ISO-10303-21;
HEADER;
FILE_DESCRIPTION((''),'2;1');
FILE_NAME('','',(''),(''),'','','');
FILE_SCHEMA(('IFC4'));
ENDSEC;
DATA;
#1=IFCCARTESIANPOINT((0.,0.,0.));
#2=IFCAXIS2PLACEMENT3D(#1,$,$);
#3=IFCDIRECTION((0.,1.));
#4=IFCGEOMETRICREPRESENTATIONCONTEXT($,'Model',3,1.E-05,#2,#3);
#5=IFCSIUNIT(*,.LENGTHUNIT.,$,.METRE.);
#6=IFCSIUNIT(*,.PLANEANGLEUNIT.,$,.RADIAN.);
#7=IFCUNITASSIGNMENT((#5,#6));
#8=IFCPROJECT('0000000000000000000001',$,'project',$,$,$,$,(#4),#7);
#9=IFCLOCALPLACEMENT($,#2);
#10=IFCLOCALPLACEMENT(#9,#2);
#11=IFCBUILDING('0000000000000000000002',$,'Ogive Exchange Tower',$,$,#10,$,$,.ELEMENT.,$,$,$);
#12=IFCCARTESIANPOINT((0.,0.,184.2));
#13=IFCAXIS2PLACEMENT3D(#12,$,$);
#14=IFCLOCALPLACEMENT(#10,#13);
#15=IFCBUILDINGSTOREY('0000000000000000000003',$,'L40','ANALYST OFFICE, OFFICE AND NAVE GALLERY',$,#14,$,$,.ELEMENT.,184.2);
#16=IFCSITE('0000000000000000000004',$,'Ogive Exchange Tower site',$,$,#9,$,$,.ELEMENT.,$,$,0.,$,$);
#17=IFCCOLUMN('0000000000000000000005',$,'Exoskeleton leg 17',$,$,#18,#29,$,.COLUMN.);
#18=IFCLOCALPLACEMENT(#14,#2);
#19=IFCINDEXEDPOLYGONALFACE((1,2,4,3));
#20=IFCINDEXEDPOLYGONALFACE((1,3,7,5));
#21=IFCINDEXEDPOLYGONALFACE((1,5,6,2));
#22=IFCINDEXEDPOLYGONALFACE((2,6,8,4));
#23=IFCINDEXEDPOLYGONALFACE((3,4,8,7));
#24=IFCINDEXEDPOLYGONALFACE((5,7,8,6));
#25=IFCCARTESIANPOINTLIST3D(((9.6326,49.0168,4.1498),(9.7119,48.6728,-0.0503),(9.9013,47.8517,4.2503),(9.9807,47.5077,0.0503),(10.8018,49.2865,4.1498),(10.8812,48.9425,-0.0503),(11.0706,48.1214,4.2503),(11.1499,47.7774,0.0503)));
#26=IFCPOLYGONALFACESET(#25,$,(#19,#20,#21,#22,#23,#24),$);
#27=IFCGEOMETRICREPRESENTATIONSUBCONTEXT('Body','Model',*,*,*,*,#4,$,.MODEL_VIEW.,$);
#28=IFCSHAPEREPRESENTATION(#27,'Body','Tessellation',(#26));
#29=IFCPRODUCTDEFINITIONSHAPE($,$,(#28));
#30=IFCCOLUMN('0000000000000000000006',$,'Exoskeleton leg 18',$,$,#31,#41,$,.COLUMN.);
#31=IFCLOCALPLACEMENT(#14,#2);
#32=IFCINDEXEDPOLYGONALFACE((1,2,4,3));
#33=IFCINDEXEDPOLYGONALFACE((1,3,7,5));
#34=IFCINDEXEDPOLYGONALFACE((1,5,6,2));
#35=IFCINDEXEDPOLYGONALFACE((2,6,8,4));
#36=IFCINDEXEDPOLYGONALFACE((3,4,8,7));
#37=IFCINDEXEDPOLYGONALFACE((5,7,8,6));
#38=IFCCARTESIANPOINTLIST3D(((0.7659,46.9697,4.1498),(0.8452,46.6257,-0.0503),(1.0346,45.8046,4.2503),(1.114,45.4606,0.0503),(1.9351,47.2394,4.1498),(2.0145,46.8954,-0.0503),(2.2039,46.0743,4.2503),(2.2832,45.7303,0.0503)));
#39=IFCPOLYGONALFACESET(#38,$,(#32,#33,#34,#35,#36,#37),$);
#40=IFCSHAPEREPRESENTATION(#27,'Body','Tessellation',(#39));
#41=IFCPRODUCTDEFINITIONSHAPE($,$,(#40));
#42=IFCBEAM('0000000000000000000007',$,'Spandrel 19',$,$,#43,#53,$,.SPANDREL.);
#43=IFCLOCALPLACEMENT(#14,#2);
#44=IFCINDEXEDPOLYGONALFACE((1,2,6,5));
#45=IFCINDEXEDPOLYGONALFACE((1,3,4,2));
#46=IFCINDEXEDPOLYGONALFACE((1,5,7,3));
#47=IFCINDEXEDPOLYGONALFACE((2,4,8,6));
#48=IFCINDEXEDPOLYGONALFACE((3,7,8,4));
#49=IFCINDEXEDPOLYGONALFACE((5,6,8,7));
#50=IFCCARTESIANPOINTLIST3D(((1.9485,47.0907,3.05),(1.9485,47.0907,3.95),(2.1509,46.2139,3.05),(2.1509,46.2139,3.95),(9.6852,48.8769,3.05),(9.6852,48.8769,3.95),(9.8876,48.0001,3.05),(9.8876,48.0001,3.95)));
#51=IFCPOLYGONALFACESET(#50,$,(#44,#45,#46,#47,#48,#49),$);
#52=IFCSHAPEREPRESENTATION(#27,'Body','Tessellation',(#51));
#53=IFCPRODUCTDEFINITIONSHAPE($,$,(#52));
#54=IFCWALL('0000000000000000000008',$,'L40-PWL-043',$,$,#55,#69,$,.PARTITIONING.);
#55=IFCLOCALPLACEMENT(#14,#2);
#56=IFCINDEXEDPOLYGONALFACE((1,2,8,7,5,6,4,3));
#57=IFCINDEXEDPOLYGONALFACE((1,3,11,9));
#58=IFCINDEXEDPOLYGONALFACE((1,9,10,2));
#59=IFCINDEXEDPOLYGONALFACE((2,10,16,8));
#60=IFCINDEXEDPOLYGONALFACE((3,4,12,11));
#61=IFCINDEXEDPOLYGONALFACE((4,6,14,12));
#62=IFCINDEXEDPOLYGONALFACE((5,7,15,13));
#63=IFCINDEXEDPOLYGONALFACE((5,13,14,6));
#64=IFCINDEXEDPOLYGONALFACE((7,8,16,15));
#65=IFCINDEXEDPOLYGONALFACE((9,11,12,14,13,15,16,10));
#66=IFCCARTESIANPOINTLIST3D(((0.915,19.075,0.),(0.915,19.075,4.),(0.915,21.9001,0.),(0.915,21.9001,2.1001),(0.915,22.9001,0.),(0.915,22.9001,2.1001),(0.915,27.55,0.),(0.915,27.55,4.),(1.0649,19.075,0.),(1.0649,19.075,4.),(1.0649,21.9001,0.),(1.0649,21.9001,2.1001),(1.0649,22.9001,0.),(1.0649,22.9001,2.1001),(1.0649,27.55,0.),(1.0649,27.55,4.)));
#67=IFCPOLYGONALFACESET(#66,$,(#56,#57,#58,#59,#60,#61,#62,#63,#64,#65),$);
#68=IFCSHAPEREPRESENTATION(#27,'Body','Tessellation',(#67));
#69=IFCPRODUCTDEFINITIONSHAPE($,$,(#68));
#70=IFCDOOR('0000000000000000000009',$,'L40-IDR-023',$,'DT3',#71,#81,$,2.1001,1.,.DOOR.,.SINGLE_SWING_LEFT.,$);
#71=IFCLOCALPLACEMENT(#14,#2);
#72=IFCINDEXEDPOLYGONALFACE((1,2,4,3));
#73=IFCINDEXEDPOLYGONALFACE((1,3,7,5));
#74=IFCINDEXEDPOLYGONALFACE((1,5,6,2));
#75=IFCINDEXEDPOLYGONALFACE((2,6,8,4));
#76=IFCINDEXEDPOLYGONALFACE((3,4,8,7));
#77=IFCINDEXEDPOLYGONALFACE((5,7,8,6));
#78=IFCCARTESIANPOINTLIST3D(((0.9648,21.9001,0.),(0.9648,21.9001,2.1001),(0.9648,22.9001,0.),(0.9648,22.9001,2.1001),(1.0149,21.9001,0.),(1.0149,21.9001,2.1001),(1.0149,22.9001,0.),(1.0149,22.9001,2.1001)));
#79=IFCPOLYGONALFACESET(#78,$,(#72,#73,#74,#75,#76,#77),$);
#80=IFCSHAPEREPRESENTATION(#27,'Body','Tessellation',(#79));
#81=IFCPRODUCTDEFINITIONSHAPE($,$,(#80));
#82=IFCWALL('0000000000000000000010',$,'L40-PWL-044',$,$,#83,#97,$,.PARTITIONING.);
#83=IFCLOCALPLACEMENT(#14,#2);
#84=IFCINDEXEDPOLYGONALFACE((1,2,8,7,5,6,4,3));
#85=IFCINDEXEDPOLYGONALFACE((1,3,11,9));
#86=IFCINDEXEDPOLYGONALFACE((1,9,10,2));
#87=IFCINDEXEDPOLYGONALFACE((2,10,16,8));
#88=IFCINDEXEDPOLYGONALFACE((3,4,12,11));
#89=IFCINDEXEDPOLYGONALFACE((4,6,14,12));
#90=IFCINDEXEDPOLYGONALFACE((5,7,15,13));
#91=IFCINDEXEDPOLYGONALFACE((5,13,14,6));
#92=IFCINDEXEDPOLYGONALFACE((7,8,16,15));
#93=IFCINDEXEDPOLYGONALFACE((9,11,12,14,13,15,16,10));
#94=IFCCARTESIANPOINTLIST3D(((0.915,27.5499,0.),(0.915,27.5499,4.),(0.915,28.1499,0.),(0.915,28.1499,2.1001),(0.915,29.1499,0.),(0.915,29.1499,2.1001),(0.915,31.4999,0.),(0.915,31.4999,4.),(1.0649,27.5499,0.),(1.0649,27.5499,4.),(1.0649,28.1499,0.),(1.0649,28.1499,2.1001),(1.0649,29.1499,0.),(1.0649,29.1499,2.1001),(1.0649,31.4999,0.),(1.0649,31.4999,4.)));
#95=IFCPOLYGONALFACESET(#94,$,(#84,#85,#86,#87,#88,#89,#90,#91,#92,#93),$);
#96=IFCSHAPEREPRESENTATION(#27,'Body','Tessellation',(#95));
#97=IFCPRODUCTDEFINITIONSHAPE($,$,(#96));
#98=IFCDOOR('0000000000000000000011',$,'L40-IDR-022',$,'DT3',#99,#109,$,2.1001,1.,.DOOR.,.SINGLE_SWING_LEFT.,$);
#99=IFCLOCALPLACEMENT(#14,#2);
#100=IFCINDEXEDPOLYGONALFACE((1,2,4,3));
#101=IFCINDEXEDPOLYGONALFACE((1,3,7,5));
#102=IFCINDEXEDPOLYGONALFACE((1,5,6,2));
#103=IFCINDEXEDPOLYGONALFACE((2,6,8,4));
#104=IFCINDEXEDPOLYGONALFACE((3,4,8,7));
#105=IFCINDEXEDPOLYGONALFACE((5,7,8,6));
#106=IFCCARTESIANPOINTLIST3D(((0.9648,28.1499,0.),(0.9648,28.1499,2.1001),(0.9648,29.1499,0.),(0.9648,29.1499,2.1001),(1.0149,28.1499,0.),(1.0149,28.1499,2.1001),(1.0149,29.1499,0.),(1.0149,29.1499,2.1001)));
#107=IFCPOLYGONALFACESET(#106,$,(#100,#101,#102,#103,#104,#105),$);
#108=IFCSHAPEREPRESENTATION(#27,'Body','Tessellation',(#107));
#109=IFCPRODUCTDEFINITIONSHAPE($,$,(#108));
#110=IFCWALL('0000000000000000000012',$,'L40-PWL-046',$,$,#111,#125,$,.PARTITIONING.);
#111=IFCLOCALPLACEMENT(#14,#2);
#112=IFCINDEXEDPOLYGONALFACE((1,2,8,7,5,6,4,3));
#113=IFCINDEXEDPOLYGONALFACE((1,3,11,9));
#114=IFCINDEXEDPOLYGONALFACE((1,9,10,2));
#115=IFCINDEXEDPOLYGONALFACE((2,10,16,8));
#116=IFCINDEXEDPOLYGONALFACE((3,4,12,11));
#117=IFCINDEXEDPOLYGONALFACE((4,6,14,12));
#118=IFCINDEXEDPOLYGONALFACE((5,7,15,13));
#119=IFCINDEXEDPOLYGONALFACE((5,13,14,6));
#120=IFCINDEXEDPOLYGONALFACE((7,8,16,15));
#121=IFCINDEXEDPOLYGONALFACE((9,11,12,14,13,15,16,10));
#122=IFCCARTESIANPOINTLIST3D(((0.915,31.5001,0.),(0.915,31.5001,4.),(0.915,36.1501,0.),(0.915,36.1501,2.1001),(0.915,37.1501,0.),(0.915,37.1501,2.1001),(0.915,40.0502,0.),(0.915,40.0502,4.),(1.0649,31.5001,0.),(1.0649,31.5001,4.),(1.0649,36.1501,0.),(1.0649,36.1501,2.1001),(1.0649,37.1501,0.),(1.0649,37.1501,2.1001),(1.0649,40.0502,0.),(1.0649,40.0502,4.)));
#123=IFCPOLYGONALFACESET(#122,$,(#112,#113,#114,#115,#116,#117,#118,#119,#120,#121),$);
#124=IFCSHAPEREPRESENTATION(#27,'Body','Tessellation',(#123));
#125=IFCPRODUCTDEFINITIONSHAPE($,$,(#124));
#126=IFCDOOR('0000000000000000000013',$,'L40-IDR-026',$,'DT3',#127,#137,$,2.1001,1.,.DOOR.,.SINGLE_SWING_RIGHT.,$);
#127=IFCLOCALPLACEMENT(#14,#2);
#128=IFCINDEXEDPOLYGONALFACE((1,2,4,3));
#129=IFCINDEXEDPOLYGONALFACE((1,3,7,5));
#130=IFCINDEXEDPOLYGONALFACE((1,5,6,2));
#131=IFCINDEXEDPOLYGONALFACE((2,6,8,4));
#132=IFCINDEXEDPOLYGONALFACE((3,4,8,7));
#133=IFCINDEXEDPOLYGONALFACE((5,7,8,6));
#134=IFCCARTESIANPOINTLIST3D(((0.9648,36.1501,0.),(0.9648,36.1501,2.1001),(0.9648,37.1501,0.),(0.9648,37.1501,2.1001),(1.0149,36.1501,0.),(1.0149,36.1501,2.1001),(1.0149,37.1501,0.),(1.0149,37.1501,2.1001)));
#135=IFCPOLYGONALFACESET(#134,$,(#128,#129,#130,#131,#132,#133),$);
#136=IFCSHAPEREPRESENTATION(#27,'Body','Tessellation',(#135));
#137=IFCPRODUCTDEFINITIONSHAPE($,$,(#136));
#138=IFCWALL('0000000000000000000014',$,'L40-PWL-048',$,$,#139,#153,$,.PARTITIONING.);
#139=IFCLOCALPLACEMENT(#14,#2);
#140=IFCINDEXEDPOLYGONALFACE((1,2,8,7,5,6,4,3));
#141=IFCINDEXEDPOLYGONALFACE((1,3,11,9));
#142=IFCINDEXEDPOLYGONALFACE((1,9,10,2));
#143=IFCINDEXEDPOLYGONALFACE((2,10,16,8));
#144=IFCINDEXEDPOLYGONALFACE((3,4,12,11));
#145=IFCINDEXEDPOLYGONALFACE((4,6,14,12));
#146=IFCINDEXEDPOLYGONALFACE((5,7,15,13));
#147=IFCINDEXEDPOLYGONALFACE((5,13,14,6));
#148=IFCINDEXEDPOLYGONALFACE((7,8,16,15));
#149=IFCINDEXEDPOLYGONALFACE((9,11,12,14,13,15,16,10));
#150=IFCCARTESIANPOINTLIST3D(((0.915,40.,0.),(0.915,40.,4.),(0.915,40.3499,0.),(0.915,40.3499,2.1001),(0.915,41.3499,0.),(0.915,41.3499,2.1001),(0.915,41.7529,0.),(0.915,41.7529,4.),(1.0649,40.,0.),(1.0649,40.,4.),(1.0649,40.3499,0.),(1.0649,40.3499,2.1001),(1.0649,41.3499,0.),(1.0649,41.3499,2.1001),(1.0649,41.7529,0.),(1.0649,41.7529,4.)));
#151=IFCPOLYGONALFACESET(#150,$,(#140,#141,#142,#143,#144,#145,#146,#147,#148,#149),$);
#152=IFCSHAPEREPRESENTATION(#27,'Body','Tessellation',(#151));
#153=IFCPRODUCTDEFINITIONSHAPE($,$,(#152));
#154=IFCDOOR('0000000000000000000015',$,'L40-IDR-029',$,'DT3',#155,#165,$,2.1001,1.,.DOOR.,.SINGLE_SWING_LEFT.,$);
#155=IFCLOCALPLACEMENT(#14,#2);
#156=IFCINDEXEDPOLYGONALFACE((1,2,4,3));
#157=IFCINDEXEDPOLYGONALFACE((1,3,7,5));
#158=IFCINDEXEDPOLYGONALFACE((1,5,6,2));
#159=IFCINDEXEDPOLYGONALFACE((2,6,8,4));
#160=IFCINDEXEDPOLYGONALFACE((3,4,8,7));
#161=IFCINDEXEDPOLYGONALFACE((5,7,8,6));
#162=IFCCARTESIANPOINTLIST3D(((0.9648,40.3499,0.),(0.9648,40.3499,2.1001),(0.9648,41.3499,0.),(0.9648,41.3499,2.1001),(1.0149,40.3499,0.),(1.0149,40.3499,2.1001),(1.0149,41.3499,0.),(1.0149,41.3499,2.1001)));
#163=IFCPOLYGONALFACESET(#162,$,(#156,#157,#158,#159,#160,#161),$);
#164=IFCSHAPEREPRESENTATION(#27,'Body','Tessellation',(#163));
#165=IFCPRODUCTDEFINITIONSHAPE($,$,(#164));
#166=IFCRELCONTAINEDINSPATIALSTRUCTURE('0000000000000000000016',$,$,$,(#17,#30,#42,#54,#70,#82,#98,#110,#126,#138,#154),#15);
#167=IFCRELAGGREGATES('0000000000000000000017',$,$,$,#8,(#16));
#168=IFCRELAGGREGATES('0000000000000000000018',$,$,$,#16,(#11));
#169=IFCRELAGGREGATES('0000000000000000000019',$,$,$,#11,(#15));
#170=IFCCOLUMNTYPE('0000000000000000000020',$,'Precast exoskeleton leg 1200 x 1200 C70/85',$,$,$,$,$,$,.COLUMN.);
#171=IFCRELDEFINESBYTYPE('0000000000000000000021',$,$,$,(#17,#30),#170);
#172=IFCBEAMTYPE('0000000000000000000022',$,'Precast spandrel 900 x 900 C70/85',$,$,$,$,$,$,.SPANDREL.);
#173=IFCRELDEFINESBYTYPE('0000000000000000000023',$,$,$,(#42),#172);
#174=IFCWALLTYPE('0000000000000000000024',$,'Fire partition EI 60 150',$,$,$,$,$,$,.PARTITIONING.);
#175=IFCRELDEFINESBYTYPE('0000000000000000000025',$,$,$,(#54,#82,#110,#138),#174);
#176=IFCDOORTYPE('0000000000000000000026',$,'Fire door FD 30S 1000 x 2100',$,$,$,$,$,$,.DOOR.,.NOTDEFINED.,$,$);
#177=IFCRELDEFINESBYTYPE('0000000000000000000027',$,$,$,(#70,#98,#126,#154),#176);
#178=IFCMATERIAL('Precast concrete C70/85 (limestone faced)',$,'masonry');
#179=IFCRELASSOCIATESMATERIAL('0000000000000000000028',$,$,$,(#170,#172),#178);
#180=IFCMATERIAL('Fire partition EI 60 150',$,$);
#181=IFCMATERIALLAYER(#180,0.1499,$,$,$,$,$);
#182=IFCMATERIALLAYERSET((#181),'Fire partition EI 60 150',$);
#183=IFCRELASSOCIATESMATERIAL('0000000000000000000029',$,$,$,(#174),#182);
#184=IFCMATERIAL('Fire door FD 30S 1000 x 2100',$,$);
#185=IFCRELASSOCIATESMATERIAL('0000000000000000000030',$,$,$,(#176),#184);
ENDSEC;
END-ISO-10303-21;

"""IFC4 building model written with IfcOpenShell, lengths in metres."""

from ifc_helpers import new_model, si_unit, direction, frame, frame_2d, origin, origin_2d, place, context, subcontext, project, spatial, rectangle, extrude, material, layer, layer_set, material_profile, profile_set, type_object, element, fill, save


model = new_model("IFC4")

# Units and contexts
model_context = context("Model", 3, precision=1e-05, world=origin(), true_north=direction((0.0, 1.0)))
body_context = subcontext(model_context, "Body", "Model", "MODEL_VIEW")
ifc_project = project(units=[si_unit("LENGTHUNIT", "METRE"), si_unit("PLANEANGLEUNIT", "RADIAN")], contexts=[model_context])

# Site, building, storey
site_placement = place(None, origin())
site = spatial("IfcSite", under=ifc_project, at=site_placement, Name="Ogive Exchange Tower site", CompositionType="ELEMENT", RefElevation=0.0)
building_placement = place(site_placement, origin())
building = spatial("IfcBuilding", under=site, at=building_placement, Name="Ogive Exchange Tower", CompositionType="ELEMENT")
storey_placement = place(building_placement, frame((0.0, 0.0, 184.2)))
storey = spatial("IfcBuildingStorey", under=building, at=storey_placement, Name="L40", Description="ANALYST OFFICE, OFFICE AND NAVE GALLERY", CompositionType="ELEMENT", Elevation=184.2)

# Columns
ifc_material_1 = material(Name="Precast concrete C70/85 (limestone faced)", Category="masonry")
ifc_material_profile_1 = material_profile(ifc_material_1, rectangle(XDim=1.2, YDim=1.2, at=origin_2d()), Name="1200 x 1200")
ifc_profile_set_1 = profile_set([ifc_material_profile_1], Name="Precast concrete C70/85 (limestone faced)")
column_type = type_object("IfcColumnType", Name="Precast exoskeleton leg 1200 x 1200 C70/85", PredefinedType="COLUMN", material=ifc_profile_set_1)
for number, where, z_axis, x_axis, name in (
    (1, (10.4309, 48.2251, 0.0), (-0.018826, 0.081617, 0.996486), (-0.974415, -0.224758, 0.0), "Exoskeleton leg 17"),
    (2, (1.5642, 46.178, 0.0), (-0.018826, 0.081617, 0.996486), (-0.974415, -0.224758, 0.0), "Exoskeleton leg 18"),
):
    element("IfcColumn", number, at=place(storey_placement, frame(where, z_axis=z_axis, x_axis=x_axis)), inside=storey, type_object=column_type, Name=name, PredefinedType="COLUMN", context=body_context, shape_type="SweptSolid", body=[
        extrude(rectangle(XDim=1.2, YDim=1.2, at=origin_2d()), origin(), (0.0, 0.0, 1.0), 4.2148),
    ])

# Beam
ifc_material_profile_2 = material_profile(ifc_material_1, rectangle(XDim=0.8999, YDim=0.8999, at=origin_2d()), Name="900 x 900")
ifc_profile_set_2 = profile_set([ifc_material_profile_2], Name="Precast concrete C70/85 (limestone faced)")
beam_type = type_object("IfcBeamType", Name="Precast spandrel 900 x 900 C70/85", PredefinedType="SPANDREL", material=ifc_profile_set_2)
beam_placement = place(storey_placement, frame((9.7864, 48.4385, 3.5), z_axis=(-0.97437, -0.224952, 0.0), x_axis=(0.224952, -0.97437, 0.0)))
element("IfcBeam", 3, at=beam_placement, inside=storey, type_object=beam_type, Name="Spandrel 19", PredefinedType="SPANDREL", context=body_context, shape_type="SweptSolid", body=[
    extrude(rectangle(XDim=0.8999, YDim=0.8999, at=origin_2d()), origin(), (0.0, 0.0, 1.0), 7.9402),
])

# Walls, openings, doors
ifc_material_2 = material(Name="Fire partition EI 60 150")
ifc_layer_1 = layer(ifc_material_2, 0.1499)
ifc_layer_set_1 = layer_set([ifc_layer_1], Name="Fire partition EI 60 150")
wall_type_1 = type_object("IfcWallType", Name="Fire partition EI 60 150", PredefinedType="PARTITIONING", material=ifc_layer_set_1)
wall_1_placement = place(storey_placement, frame((0.99, 27.55, 0.0), z_axis=(0.0, 0.0, 1.0), x_axis=(0.0, -1.0, 0.0)))
wall_1 = element("IfcWall", 4, at=wall_1_placement, inside=storey, type_object=wall_type_1, Name="L40-PWL-043", PredefinedType="PARTITIONING", context=body_context, shape_type="SweptSolid", body=[
    extrude(rectangle(XDim=8.4751, YDim=0.1499, at=frame_2d((4.2375, 0.0))), origin(), (0.0, 0.0, 1.0), 4.0),
])
opening_1_placement = place(wall_1_placement, frame((4.6499, 0.0, 0.0)))
opening_1 = element("IfcOpeningElement", 5, at=opening_1_placement, cuts=wall_1, PredefinedType="OPENING", context=body_context, shape_type="SweptSolid", body=[
    extrude(rectangle(XDim=1.0, YDim=2.1001, at=frame_2d((0.5, 1.05))), frame((0.0, 0.085, 0.0), z_axis=(0.0, -1.0, 0.0), x_axis=(1.0, 0.0, 0.0)), (0.0, 0.0, 1.0), 0.1699),
])
ifc_material_3 = material(Name="Fire door FD 30S 1000 x 2100")
door_type_1 = type_object("IfcDoorType", Name="Fire door FD 30S 1000 x 2100", OperationType="NOTDEFINED", PredefinedType="DOOR", material=ifc_material_3)
door_1_placement = place(opening_1_placement, origin())
door_1 = element("IfcDoor", 6, at=door_1_placement, inside=storey, type_object=door_type_1, Name="L40-IDR-023", ObjectType="DT3", OperationType="SINGLE_SWING_LEFT", OverallHeight=2.1001, OverallWidth=1.0, PredefinedType="DOOR", context=body_context, shape_type="SweptSolid", body=[
    extrude(rectangle(XDim=1.0, YDim=2.1001, at=frame_2d((0.5, 1.05))), frame((0.0, 0.0249, 0.0), z_axis=(0.0, -1.0, 0.0), x_axis=(1.0, 0.0, 0.0)), (0.0, 0.0, 1.0), 0.05),
])
fill(opening_1, door_1)
wall_2_placement = place(storey_placement, frame((0.99, 31.5, 0.0), z_axis=(0.0, 0.0, 1.0), x_axis=(0.0, -1.0, 0.0)))
wall_2 = element("IfcWall", 7, at=wall_2_placement, inside=storey, type_object=wall_type_1, Name="L40-PWL-044", PredefinedType="PARTITIONING", context=body_context, shape_type="SweptSolid", body=[
    extrude(rectangle(XDim=3.95, YDim=0.1499, at=frame_2d((1.9751, 0.0))), origin(), (0.0, 0.0, 1.0), 4.0),
])
opening_2_placement = place(wall_2_placement, frame((2.3501, 0.0, 0.0)))
opening_2 = element("IfcOpeningElement", 8, at=opening_2_placement, cuts=wall_2, PredefinedType="OPENING", context=body_context, shape_type="SweptSolid", body=[
    extrude(rectangle(XDim=1.0, YDim=2.1001, at=frame_2d((0.5, 1.05))), frame((0.0, 0.085, 0.0), z_axis=(0.0, -1.0, 0.0), x_axis=(1.0, 0.0, 0.0)), (0.0, 0.0, 1.0), 0.1699),
])
door_2_placement = place(opening_2_placement, origin())
door_2 = element("IfcDoor", 9, at=door_2_placement, inside=storey, type_object=door_type_1, Name="L40-IDR-022", ObjectType="DT3", OperationType="SINGLE_SWING_LEFT", OverallHeight=2.1001, OverallWidth=1.0, PredefinedType="DOOR", context=body_context, shape_type="SweptSolid", body=[
    extrude(rectangle(XDim=1.0, YDim=2.1001, at=frame_2d((0.5, 1.05))), frame((0.0, 0.0249, 0.0), z_axis=(0.0, -1.0, 0.0), x_axis=(1.0, 0.0, 0.0)), (0.0, 0.0, 1.0), 0.05),
])
fill(opening_2, door_2)
wall_3_placement = place(storey_placement, frame((0.99, 40.05, 0.0), z_axis=(0.0, 0.0, 1.0), x_axis=(0.0, -1.0, 0.0)))
wall_3 = element("IfcWall", 10, at=wall_3_placement, inside=storey, type_object=wall_type_1, Name="L40-PWL-046", PredefinedType="PARTITIONING", context=body_context, shape_type="SweptSolid", body=[
    extrude(rectangle(XDim=8.55, YDim=0.1499, at=frame_2d((4.2749, 0.0))), origin(), (0.0, 0.0, 1.0), 4.0),
])
opening_3_placement = place(wall_3_placement, frame((2.8999, 0.0, 0.0)))
opening_3 = element("IfcOpeningElement", 11, at=opening_3_placement, cuts=wall_3, PredefinedType="OPENING", context=body_context, shape_type="SweptSolid", body=[
    extrude(rectangle(XDim=1.0, YDim=2.1001, at=frame_2d((0.5, 1.05))), frame((0.0, 0.085, 0.0), z_axis=(0.0, -1.0, 0.0), x_axis=(1.0, 0.0, 0.0)), (0.0, 0.0, 1.0), 0.1699),
])
door_3_placement = place(opening_3_placement, origin())
door_3 = element("IfcDoor", 12, at=door_3_placement, inside=storey, type_object=door_type_1, Name="L40-IDR-026", ObjectType="DT3", OperationType="SINGLE_SWING_RIGHT", OverallHeight=2.1001, OverallWidth=1.0, PredefinedType="DOOR", context=body_context, shape_type="SweptSolid", body=[
    extrude(rectangle(XDim=1.0, YDim=2.1001, at=frame_2d((0.5, 1.05))), frame((0.0, 0.0249, 0.0), z_axis=(0.0, -1.0, 0.0), x_axis=(1.0, 0.0, 0.0)), (0.0, 0.0, 1.0), 0.05),
])
fill(opening_3, door_3)
wall_4_placement = place(storey_placement, frame((0.99, 41.7529, 0.0), z_axis=(0.0, 0.0, 1.0), x_axis=(0.0, -1.0, 0.0)))
wall_4 = element("IfcWall", 13, at=wall_4_placement, inside=storey, type_object=wall_type_1, Name="L40-PWL-048", PredefinedType="PARTITIONING", context=body_context, shape_type="SweptSolid", body=[
    extrude(rectangle(XDim=1.7529, YDim=0.1499, at=frame_2d((0.8765, 0.0))), origin(), (0.0, 0.0, 1.0), 4.0),
])
opening_4_placement = place(wall_4_placement, frame((0.4031, 0.0, 0.0)))
opening_4 = element("IfcOpeningElement", 14, at=opening_4_placement, cuts=wall_4, PredefinedType="OPENING", context=body_context, shape_type="SweptSolid", body=[
    extrude(rectangle(XDim=1.0, YDim=2.1001, at=frame_2d((0.5, 1.05))), frame((0.0, 0.085, 0.0), z_axis=(0.0, -1.0, 0.0), x_axis=(1.0, 0.0, 0.0)), (0.0, 0.0, 1.0), 0.1699),
])
door_4_placement = place(opening_4_placement, origin())
door_4 = element("IfcDoor", 15, at=door_4_placement, inside=storey, type_object=door_type_1, Name="L40-IDR-029", ObjectType="DT3", OperationType="SINGLE_SWING_LEFT", OverallHeight=2.1001, OverallWidth=1.0, PredefinedType="DOOR", context=body_context, shape_type="SweptSolid", body=[
    extrude(rectangle(XDim=1.0, YDim=2.1001, at=frame_2d((0.5, 1.05))), frame((0.0, 0.0249, 0.0), z_axis=(0.0, -1.0, 0.0), x_axis=(1.0, 0.0, 0.0)), (0.0, 0.0, 1.0), 0.05),
])
fill(opening_4, door_4)

save(model, "model.ifc")
